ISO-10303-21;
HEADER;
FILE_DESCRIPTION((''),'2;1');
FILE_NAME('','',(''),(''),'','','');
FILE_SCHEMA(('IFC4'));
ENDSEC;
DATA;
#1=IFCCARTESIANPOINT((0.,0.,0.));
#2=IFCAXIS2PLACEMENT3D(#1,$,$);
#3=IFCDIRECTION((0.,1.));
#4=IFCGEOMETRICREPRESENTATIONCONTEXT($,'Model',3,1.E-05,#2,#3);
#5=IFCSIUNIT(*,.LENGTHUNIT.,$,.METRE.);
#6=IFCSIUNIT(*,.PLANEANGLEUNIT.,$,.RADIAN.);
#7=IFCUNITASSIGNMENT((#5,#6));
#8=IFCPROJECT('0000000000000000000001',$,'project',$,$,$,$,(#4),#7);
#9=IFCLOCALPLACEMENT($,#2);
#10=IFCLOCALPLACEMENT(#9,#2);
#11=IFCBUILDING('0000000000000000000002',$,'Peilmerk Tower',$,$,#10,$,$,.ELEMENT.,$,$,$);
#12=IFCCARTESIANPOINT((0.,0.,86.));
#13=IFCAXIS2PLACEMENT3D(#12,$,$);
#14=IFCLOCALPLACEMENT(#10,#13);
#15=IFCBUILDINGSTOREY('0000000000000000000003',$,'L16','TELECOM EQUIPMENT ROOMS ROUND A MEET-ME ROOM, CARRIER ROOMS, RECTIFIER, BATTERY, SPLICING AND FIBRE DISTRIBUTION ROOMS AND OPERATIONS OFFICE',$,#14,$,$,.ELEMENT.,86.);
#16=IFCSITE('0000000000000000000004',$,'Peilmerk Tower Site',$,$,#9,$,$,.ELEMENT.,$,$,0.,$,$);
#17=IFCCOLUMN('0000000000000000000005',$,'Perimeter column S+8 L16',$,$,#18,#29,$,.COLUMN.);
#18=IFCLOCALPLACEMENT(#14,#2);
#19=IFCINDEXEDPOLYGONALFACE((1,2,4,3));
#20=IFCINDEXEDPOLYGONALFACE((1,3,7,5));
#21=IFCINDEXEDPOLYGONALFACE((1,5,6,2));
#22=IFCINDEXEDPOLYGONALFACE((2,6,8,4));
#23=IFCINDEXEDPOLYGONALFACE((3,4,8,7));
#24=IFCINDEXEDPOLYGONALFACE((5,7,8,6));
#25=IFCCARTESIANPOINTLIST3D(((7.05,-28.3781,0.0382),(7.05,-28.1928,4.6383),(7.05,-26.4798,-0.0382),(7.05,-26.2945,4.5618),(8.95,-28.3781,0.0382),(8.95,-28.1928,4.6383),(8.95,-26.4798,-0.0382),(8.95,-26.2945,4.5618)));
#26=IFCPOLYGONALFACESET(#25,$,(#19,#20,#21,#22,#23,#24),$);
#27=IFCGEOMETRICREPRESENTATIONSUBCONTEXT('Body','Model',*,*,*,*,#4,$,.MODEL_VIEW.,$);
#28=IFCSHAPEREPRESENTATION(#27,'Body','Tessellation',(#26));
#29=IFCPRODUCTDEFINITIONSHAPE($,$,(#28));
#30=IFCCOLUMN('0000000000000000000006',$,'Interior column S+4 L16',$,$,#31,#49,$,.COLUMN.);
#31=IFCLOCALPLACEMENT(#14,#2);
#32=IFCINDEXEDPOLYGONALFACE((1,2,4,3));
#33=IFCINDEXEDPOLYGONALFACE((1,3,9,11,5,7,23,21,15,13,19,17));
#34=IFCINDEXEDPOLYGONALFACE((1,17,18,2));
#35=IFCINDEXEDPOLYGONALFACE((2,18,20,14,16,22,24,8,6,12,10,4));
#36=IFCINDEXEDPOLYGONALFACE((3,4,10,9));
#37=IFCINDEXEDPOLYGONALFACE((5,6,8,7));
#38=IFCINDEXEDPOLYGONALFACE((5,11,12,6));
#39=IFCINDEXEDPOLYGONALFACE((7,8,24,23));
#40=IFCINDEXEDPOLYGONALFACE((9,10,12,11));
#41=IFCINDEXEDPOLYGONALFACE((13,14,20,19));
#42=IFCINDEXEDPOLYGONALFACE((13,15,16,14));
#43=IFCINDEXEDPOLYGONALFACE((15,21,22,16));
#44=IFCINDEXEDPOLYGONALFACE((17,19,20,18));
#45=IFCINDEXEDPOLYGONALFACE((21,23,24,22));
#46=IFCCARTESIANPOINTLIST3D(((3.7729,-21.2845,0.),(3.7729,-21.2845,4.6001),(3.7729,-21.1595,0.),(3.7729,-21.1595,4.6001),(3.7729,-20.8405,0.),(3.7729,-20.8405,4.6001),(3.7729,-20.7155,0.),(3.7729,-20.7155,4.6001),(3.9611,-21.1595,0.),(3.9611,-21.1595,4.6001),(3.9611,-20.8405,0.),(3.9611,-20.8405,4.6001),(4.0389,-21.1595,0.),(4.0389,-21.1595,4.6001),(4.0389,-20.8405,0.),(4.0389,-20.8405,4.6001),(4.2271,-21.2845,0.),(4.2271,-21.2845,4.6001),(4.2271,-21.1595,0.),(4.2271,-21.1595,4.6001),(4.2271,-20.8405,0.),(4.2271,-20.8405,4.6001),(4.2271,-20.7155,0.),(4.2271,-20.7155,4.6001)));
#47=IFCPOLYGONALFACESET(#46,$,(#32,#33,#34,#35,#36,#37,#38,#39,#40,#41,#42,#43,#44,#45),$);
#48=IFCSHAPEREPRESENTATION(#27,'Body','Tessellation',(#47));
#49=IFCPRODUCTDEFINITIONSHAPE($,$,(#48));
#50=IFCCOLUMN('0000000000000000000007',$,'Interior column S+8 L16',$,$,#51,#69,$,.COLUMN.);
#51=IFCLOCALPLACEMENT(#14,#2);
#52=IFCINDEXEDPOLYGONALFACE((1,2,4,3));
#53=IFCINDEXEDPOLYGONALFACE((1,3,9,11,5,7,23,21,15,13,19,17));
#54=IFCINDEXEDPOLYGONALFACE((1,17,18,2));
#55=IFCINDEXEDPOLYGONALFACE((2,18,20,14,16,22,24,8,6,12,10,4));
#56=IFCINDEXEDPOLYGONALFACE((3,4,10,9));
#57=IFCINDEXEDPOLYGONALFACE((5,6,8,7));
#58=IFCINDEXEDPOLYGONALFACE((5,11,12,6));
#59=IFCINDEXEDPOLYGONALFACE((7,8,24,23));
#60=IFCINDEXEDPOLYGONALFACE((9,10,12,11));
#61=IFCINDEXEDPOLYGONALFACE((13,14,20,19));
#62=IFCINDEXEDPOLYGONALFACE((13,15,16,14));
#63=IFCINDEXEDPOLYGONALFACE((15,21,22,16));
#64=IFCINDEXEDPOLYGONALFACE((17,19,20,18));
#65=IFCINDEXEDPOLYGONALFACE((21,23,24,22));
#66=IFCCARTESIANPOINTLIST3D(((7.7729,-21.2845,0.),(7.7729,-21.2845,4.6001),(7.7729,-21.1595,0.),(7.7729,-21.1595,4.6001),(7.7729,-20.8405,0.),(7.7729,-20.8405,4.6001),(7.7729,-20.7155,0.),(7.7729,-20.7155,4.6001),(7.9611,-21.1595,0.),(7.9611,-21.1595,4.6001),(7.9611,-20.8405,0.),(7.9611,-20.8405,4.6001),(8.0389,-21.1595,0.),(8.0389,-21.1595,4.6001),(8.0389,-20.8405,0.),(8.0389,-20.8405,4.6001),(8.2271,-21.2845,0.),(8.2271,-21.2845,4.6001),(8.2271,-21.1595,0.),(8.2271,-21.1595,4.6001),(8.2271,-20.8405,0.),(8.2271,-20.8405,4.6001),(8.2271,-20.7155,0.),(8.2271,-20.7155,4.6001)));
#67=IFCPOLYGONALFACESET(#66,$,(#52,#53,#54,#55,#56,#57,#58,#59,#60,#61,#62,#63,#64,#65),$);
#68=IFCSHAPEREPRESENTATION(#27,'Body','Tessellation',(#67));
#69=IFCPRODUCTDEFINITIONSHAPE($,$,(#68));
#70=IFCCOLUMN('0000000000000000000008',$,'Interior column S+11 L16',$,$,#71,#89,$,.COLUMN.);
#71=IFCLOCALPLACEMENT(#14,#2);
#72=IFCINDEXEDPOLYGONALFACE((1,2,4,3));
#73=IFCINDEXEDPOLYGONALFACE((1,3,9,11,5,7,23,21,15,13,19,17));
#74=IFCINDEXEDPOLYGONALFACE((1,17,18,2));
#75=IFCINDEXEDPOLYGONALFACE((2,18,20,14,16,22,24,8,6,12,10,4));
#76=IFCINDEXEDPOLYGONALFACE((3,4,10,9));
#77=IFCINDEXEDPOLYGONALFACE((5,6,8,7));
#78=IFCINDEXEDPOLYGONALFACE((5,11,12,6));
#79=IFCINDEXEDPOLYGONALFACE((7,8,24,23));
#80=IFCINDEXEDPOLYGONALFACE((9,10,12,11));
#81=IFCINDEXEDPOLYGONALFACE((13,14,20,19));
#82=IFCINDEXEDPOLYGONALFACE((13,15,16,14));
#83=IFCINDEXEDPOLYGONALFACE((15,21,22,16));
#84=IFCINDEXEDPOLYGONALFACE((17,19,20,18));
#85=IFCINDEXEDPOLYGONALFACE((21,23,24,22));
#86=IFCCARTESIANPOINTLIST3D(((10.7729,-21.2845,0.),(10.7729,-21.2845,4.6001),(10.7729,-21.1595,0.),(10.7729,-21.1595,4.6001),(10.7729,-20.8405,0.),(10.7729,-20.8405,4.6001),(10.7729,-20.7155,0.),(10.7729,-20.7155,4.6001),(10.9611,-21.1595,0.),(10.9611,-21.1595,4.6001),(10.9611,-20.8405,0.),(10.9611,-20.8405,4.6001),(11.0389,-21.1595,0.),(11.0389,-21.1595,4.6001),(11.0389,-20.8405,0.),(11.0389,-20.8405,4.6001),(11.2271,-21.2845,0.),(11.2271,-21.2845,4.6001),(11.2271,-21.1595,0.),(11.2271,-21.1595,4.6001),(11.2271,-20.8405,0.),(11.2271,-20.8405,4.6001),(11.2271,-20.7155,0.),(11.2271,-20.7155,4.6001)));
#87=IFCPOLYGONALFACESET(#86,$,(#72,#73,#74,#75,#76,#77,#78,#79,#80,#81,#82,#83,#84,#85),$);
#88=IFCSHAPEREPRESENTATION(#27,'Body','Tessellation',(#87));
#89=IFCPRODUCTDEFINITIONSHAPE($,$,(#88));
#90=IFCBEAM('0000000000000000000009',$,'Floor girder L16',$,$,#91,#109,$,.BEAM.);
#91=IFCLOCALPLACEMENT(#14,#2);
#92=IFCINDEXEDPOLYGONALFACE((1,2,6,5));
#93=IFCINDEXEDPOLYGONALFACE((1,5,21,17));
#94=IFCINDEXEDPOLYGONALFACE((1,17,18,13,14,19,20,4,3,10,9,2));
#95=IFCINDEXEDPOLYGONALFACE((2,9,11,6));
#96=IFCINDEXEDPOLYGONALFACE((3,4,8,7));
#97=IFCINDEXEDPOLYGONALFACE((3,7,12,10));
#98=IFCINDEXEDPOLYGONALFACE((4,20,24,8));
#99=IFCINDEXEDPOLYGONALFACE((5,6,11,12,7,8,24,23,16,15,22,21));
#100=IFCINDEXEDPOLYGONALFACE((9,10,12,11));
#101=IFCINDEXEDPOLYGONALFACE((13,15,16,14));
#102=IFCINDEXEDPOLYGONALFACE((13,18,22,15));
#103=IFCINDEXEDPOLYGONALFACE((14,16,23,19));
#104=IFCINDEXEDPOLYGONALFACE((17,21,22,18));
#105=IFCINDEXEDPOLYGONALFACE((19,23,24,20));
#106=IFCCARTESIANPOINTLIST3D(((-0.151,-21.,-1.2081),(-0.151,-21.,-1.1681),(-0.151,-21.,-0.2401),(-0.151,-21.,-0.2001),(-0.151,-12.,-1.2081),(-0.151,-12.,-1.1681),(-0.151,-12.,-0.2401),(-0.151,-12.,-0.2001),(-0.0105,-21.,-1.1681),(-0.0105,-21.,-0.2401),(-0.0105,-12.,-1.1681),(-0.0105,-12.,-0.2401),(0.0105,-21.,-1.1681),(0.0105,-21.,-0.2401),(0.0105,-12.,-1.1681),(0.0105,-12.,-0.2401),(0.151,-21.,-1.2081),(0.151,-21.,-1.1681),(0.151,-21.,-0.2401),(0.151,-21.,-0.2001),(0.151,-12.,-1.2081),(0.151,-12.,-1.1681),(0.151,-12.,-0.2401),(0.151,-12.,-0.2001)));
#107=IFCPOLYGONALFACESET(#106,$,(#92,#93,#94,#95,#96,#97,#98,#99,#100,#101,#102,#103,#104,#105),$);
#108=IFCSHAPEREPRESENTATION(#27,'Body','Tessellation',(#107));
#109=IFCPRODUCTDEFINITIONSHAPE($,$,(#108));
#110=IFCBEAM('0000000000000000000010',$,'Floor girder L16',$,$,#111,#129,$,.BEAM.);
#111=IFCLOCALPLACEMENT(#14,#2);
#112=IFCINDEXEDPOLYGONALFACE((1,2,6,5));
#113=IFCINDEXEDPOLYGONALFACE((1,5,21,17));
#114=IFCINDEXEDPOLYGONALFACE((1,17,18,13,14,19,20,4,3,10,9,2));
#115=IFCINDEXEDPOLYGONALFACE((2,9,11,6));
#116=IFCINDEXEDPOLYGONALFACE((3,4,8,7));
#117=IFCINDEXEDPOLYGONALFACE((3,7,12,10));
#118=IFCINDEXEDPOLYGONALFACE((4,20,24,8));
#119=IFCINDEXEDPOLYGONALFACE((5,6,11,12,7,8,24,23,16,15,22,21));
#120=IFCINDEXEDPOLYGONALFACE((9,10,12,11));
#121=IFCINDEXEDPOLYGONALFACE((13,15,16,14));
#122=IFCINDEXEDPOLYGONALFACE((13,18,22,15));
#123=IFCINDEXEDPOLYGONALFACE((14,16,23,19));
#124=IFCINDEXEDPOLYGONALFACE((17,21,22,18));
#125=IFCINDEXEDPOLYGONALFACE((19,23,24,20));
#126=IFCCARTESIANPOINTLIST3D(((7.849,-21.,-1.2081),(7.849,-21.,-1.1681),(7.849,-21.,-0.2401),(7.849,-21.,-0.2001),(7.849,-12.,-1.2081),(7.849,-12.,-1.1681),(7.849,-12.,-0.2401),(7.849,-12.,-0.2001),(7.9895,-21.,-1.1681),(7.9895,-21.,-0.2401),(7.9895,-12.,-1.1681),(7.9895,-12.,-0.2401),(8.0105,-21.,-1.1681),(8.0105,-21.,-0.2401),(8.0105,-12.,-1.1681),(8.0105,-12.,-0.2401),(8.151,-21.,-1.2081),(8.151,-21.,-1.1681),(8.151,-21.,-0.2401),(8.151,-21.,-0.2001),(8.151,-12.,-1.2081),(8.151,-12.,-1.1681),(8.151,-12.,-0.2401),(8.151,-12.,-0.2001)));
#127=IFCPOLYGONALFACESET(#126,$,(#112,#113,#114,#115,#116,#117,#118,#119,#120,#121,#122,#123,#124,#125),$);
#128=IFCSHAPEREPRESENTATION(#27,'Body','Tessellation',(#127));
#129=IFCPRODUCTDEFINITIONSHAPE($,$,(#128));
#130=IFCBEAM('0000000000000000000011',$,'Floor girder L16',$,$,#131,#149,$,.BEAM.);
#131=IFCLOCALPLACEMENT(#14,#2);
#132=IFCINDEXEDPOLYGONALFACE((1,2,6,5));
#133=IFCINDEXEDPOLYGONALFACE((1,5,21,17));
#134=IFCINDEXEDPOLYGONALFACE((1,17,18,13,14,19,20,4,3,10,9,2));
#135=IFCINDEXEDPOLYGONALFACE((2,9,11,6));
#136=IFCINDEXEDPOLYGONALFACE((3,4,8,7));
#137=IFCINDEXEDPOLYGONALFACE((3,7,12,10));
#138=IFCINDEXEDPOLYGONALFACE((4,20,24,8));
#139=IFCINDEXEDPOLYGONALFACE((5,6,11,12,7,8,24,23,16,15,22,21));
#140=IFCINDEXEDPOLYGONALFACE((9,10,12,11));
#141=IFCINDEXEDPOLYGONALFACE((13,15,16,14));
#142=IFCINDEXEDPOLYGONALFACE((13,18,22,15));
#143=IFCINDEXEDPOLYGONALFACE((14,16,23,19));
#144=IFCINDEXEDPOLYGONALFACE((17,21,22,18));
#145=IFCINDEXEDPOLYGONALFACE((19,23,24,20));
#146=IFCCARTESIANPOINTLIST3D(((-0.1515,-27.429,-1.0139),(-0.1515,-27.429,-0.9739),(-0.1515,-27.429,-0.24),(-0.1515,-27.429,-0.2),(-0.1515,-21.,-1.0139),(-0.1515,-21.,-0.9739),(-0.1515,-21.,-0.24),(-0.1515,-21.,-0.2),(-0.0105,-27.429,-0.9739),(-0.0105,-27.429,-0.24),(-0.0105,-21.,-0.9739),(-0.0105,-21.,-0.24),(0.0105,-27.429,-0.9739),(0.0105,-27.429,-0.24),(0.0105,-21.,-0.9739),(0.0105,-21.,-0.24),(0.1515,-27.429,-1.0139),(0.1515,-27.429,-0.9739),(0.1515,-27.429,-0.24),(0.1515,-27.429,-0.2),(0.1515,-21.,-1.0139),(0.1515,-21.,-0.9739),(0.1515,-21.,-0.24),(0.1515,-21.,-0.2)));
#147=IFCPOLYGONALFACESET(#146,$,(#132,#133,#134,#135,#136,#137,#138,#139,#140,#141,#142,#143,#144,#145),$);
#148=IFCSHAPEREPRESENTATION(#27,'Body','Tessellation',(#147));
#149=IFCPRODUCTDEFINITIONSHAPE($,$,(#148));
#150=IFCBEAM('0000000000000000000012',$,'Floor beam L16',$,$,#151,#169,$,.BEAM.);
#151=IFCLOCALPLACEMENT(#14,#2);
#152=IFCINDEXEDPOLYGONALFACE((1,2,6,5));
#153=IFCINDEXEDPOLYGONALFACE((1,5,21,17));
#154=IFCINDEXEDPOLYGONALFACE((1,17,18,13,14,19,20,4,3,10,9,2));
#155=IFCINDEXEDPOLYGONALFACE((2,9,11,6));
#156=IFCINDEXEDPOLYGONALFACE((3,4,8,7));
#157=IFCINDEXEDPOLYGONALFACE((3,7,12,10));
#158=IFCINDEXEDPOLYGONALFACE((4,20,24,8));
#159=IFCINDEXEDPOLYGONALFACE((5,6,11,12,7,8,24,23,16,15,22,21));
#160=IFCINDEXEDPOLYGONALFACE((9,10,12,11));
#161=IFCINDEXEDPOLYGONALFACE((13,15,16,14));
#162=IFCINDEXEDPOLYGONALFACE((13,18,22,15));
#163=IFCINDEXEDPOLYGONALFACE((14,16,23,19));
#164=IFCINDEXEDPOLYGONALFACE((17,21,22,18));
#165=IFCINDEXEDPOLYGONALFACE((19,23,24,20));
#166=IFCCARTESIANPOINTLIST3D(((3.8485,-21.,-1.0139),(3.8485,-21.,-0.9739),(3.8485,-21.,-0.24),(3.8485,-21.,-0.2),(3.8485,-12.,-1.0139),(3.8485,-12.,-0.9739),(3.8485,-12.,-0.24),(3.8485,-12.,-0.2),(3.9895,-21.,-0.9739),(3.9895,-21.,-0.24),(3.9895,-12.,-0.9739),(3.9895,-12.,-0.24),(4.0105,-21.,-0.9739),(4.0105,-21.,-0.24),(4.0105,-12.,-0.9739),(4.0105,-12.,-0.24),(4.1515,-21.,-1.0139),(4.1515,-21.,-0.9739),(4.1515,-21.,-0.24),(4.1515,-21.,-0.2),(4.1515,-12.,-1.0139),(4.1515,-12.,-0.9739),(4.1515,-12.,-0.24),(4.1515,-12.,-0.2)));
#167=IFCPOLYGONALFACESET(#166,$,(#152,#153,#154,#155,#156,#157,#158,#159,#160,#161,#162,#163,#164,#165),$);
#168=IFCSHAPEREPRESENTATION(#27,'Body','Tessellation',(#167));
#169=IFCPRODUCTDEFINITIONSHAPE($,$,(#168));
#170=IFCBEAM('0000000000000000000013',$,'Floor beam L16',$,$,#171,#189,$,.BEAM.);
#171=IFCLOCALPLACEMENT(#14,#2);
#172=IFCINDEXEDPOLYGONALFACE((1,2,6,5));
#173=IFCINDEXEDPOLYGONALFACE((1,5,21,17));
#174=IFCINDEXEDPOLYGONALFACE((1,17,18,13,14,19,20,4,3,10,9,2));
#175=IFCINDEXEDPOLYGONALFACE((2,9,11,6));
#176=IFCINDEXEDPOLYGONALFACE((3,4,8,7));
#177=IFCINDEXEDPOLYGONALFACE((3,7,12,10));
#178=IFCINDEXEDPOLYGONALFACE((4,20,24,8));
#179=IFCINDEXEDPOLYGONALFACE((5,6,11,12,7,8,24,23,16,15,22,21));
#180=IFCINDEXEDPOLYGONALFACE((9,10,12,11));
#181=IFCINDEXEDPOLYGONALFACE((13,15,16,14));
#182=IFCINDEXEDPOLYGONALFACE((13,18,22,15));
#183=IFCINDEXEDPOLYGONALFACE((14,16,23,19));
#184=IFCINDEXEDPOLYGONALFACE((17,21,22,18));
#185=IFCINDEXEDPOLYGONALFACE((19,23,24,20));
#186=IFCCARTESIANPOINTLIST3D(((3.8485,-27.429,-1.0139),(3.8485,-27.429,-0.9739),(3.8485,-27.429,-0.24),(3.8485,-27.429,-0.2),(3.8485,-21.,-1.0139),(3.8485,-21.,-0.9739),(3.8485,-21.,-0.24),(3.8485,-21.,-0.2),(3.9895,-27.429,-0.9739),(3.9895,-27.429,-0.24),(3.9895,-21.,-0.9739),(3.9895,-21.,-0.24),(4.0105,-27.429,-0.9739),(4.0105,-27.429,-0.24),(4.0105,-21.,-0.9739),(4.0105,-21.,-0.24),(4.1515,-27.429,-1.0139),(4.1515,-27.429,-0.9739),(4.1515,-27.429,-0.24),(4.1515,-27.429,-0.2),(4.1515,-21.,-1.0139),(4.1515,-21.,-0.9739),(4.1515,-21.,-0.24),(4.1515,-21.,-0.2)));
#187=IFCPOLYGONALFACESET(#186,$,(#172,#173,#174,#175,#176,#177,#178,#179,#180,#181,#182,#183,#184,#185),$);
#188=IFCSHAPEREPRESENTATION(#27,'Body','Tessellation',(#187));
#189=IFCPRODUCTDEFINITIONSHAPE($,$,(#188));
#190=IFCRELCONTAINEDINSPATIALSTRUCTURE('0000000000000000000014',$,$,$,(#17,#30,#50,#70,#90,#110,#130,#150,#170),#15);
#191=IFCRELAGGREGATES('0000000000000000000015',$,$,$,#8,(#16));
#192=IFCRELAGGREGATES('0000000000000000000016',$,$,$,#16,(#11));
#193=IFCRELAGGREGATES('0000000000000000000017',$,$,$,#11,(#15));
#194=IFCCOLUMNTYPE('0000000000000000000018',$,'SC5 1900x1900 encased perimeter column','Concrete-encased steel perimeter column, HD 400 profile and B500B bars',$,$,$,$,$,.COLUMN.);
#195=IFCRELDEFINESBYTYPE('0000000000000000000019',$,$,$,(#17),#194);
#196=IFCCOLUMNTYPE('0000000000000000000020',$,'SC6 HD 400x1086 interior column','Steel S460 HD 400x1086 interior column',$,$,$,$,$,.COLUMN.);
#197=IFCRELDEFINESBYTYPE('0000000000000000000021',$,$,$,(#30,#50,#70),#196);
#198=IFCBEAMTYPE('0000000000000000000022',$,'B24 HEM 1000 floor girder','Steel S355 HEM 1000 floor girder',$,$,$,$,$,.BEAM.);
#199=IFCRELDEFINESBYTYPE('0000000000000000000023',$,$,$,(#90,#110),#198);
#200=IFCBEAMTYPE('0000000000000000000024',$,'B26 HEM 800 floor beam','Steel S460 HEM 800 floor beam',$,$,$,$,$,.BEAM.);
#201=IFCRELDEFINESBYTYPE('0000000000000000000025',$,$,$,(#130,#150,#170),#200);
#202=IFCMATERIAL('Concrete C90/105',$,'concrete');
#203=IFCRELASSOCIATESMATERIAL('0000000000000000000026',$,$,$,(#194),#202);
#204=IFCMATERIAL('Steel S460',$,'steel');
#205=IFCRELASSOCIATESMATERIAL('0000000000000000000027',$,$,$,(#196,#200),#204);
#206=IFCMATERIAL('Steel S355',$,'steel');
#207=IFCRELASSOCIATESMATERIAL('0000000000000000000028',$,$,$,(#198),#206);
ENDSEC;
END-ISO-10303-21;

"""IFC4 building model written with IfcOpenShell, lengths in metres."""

from ifc_helpers import new_model, si_unit, direction, frame, origin, origin_2d, place, context, subcontext, project, spatial, rectangle, i_section, extrude, material, material_profile, profile_set, type_object, element, save


model = new_model("IFC4")

# Units and contexts
model_context = context("Model", 3, precision=1e-05, world=origin(), true_north=direction((0.0, 1.0)))
body_context = subcontext(model_context, "Body", "Model", "MODEL_VIEW")
ifc_project = project(units=[si_unit("LENGTHUNIT", "METRE"), si_unit("PLANEANGLEUNIT", "RADIAN")], contexts=[model_context])

# Site, building, storey
site_placement = place(None, origin())
site = spatial("IfcSite", under=ifc_project, at=site_placement, Name="Peilmerk Tower Site", CompositionType="ELEMENT", RefElevation=0.0)
building_placement = place(site_placement, origin())
building = spatial("IfcBuilding", under=site, at=building_placement, Name="Peilmerk Tower", CompositionType="ELEMENT")
storey_placement = place(building_placement, frame((0.0, 0.0, 86.0)))
storey = spatial("IfcBuildingStorey", under=building, at=storey_placement, Name="L16", Description="TELECOM EQUIPMENT ROOMS ROUND A MEET-ME ROOM, CARRIER ROOMS, RECTIFIER, BATTERY, SPLICING AND FIBRE DISTRIBUTION ROOMS AND OPERATIONS OFFICE", CompositionType="ELEMENT", Elevation=86.0)

# Columns
ifc_material_1 = material(Name="Concrete C90/105", Category="concrete")
ifc_material_profile_1 = material_profile(ifc_material_1, rectangle(XDim=1.8999, YDim=1.8999, at=origin_2d()), Name="RC 1900x1900")
ifc_profile_set_1 = profile_set([ifc_material_profile_1], Name="Concrete C90/105")
column_type_1 = type_object("IfcColumnType", Name="SC5 1900x1900 encased perimeter column", Description="Concrete-encased steel perimeter column, HD 400 profile and B500B bars", PredefinedType="COLUMN", material=ifc_profile_set_1)
column_placement = place(storey_placement, frame((8.0, -27.429, 0.0), z_axis=(0.0, 0.04025, 0.99919), x_axis=(-1.0, 0.0, 0.0)))
element("IfcColumn", 1, at=column_placement, inside=storey, type_object=column_type_1, Name="Perimeter column S+8 L16", PredefinedType="COLUMN", context=body_context, shape_type="SweptSolid", body=[
    extrude(rectangle(XDim=1.8999, YDim=1.8999, at=origin_2d()), origin(), (0.0, 0.0, 1.0), 4.6038),
])
ifc_material_2 = material(Name="Steel S460", Category="steel")
ifc_material_profile_2 = material_profile(ifc_material_2, i_section(OverallWidth=0.4541, OverallDepth=0.5691, WebThickness=0.0779, FlangeThickness=0.125, at=origin_2d()), Name="HD 400x1086")
ifc_profile_set_2 = profile_set([ifc_material_profile_2], Name="Steel S460")
column_type_2 = type_object("IfcColumnType", Name="SC6 HD 400x1086 interior column", Description="Steel S460 HD 400x1086 interior column", PredefinedType="COLUMN", material=ifc_profile_set_2)
for number, where, z_axis, x_axis, name in (
    (2, (4.0, -21.0, 0.0), (0.0, 0.0, 1.0), (1.0, 0.0, 0.0), "Interior column S+4 L16"),
    (3, (8.0, -21.0, 0.0), (0.0, 0.0, 1.0), (1.0, 0.0, 0.0), "Interior column S+8 L16"),
    (4, (11.0, -21.0, 0.0), (0.0, 0.0, 1.0), (1.0, 0.0, 0.0), "Interior column S+11 L16"),
):
    element("IfcColumn", number, at=place(storey_placement, frame(where, z_axis=z_axis, x_axis=x_axis)), inside=storey, type_object=column_type_2, Name=name, PredefinedType="COLUMN", context=body_context, shape_type="SweptSolid", body=[
        extrude(i_section(OverallWidth=0.4541, OverallDepth=0.5691, WebThickness=0.0779, FlangeThickness=0.125, at=origin_2d()), origin(), (0.0, 0.0, 1.0), 4.6001),
    ])

# Beams
ifc_material_3 = material(Name="Steel S355", Category="steel")
ifc_material_profile_3 = material_profile(ifc_material_3, i_section(OverallWidth=0.302, OverallDepth=1.0081, WebThickness=0.021, FlangeThickness=0.04, at=origin_2d()), Name="HEM 1000")
ifc_profile_set_3 = profile_set([ifc_material_profile_3], Name="Steel S355")
beam_type_1 = type_object("IfcBeamType", Name="B24 HEM 1000 floor girder", Description="Steel S355 HEM 1000 floor girder", PredefinedType="BEAM", material=ifc_profile_set_3)
for number, where, z_axis, x_axis, name in (
    (5, (0.0, -12.0, -0.7041), (0.0, -1.0, 0.0), (1.0, 0.0, 0.0), "Floor girder L16"),
    (6, (8.0, -12.0, -0.7041), (0.0, -1.0, 0.0), (1.0, 0.0, 0.0), "Floor girder L16"),
):
    element("IfcBeam", number, at=place(storey_placement, frame(where, z_axis=z_axis, x_axis=x_axis)), inside=storey, type_object=beam_type_1, Name=name, PredefinedType="BEAM", context=body_context, shape_type="SweptSolid", body=[
        extrude(i_section(OverallWidth=0.302, OverallDepth=1.0081, WebThickness=0.021, FlangeThickness=0.04, at=origin_2d()), origin(), (0.0, 0.0, 1.0), 9.0),
    ])
ifc_material_profile_4 = material_profile(ifc_material_2, i_section(OverallWidth=0.303, OverallDepth=0.814, WebThickness=0.021, FlangeThickness=0.04, at=origin_2d()), Name="HEM 800")
ifc_profile_set_4 = profile_set([ifc_material_profile_4], Name="Steel S460")
beam_type_2 = type_object("IfcBeamType", Name="B26 HEM 800 floor beam", Description="Steel S460 HEM 800 floor beam", PredefinedType="BEAM", material=ifc_profile_set_4)
beam_1_placement = place(storey_placement, frame((0.0, -21.0, -0.6069), z_axis=(0.0, -1.0, 0.0), x_axis=(1.0, 0.0, 0.0)))
element("IfcBeam", 7, at=beam_1_placement, inside=storey, type_object=beam_type_2, Name="Floor girder L16", PredefinedType="BEAM", context=body_context, shape_type="SweptSolid", body=[
    extrude(i_section(OverallWidth=0.303, OverallDepth=0.814, WebThickness=0.021, FlangeThickness=0.04, at=origin_2d()), origin(), (0.0, 0.0, 1.0), 6.429),
])
beam_2_placement = place(storey_placement, frame((4.0, -12.0, -0.6069), z_axis=(0.0, -1.0, 0.0), x_axis=(1.0, 0.0, 0.0)))
element("IfcBeam", 8, at=beam_2_placement, inside=storey, type_object=beam_type_2, Name="Floor beam L16", PredefinedType="BEAM", context=body_context, shape_type="SweptSolid", body=[
    extrude(i_section(OverallWidth=0.303, OverallDepth=0.814, WebThickness=0.021, FlangeThickness=0.04, at=origin_2d()), origin(), (0.0, 0.0, 1.0), 9.0),
])
for number, where, z_axis, x_axis, name in (
    (9, (4.0, -21.0, -0.6069), (0.0, -1.0, 0.0), (1.0, 0.0, 0.0), "Floor beam L16"),
):
    element("IfcBeam", number, at=place(storey_placement, frame(where, z_axis=z_axis, x_axis=x_axis)), inside=storey, type_object=beam_type_2, Name=name, PredefinedType="BEAM", context=body_context, shape_type="SweptSolid", body=[
        extrude(i_section(OverallWidth=0.303, OverallDepth=0.814, WebThickness=0.021, FlangeThickness=0.04, at=origin_2d()), origin(), (0.0, 0.0, 1.0), 6.429),
    ])

save(model, "model.ifc")
